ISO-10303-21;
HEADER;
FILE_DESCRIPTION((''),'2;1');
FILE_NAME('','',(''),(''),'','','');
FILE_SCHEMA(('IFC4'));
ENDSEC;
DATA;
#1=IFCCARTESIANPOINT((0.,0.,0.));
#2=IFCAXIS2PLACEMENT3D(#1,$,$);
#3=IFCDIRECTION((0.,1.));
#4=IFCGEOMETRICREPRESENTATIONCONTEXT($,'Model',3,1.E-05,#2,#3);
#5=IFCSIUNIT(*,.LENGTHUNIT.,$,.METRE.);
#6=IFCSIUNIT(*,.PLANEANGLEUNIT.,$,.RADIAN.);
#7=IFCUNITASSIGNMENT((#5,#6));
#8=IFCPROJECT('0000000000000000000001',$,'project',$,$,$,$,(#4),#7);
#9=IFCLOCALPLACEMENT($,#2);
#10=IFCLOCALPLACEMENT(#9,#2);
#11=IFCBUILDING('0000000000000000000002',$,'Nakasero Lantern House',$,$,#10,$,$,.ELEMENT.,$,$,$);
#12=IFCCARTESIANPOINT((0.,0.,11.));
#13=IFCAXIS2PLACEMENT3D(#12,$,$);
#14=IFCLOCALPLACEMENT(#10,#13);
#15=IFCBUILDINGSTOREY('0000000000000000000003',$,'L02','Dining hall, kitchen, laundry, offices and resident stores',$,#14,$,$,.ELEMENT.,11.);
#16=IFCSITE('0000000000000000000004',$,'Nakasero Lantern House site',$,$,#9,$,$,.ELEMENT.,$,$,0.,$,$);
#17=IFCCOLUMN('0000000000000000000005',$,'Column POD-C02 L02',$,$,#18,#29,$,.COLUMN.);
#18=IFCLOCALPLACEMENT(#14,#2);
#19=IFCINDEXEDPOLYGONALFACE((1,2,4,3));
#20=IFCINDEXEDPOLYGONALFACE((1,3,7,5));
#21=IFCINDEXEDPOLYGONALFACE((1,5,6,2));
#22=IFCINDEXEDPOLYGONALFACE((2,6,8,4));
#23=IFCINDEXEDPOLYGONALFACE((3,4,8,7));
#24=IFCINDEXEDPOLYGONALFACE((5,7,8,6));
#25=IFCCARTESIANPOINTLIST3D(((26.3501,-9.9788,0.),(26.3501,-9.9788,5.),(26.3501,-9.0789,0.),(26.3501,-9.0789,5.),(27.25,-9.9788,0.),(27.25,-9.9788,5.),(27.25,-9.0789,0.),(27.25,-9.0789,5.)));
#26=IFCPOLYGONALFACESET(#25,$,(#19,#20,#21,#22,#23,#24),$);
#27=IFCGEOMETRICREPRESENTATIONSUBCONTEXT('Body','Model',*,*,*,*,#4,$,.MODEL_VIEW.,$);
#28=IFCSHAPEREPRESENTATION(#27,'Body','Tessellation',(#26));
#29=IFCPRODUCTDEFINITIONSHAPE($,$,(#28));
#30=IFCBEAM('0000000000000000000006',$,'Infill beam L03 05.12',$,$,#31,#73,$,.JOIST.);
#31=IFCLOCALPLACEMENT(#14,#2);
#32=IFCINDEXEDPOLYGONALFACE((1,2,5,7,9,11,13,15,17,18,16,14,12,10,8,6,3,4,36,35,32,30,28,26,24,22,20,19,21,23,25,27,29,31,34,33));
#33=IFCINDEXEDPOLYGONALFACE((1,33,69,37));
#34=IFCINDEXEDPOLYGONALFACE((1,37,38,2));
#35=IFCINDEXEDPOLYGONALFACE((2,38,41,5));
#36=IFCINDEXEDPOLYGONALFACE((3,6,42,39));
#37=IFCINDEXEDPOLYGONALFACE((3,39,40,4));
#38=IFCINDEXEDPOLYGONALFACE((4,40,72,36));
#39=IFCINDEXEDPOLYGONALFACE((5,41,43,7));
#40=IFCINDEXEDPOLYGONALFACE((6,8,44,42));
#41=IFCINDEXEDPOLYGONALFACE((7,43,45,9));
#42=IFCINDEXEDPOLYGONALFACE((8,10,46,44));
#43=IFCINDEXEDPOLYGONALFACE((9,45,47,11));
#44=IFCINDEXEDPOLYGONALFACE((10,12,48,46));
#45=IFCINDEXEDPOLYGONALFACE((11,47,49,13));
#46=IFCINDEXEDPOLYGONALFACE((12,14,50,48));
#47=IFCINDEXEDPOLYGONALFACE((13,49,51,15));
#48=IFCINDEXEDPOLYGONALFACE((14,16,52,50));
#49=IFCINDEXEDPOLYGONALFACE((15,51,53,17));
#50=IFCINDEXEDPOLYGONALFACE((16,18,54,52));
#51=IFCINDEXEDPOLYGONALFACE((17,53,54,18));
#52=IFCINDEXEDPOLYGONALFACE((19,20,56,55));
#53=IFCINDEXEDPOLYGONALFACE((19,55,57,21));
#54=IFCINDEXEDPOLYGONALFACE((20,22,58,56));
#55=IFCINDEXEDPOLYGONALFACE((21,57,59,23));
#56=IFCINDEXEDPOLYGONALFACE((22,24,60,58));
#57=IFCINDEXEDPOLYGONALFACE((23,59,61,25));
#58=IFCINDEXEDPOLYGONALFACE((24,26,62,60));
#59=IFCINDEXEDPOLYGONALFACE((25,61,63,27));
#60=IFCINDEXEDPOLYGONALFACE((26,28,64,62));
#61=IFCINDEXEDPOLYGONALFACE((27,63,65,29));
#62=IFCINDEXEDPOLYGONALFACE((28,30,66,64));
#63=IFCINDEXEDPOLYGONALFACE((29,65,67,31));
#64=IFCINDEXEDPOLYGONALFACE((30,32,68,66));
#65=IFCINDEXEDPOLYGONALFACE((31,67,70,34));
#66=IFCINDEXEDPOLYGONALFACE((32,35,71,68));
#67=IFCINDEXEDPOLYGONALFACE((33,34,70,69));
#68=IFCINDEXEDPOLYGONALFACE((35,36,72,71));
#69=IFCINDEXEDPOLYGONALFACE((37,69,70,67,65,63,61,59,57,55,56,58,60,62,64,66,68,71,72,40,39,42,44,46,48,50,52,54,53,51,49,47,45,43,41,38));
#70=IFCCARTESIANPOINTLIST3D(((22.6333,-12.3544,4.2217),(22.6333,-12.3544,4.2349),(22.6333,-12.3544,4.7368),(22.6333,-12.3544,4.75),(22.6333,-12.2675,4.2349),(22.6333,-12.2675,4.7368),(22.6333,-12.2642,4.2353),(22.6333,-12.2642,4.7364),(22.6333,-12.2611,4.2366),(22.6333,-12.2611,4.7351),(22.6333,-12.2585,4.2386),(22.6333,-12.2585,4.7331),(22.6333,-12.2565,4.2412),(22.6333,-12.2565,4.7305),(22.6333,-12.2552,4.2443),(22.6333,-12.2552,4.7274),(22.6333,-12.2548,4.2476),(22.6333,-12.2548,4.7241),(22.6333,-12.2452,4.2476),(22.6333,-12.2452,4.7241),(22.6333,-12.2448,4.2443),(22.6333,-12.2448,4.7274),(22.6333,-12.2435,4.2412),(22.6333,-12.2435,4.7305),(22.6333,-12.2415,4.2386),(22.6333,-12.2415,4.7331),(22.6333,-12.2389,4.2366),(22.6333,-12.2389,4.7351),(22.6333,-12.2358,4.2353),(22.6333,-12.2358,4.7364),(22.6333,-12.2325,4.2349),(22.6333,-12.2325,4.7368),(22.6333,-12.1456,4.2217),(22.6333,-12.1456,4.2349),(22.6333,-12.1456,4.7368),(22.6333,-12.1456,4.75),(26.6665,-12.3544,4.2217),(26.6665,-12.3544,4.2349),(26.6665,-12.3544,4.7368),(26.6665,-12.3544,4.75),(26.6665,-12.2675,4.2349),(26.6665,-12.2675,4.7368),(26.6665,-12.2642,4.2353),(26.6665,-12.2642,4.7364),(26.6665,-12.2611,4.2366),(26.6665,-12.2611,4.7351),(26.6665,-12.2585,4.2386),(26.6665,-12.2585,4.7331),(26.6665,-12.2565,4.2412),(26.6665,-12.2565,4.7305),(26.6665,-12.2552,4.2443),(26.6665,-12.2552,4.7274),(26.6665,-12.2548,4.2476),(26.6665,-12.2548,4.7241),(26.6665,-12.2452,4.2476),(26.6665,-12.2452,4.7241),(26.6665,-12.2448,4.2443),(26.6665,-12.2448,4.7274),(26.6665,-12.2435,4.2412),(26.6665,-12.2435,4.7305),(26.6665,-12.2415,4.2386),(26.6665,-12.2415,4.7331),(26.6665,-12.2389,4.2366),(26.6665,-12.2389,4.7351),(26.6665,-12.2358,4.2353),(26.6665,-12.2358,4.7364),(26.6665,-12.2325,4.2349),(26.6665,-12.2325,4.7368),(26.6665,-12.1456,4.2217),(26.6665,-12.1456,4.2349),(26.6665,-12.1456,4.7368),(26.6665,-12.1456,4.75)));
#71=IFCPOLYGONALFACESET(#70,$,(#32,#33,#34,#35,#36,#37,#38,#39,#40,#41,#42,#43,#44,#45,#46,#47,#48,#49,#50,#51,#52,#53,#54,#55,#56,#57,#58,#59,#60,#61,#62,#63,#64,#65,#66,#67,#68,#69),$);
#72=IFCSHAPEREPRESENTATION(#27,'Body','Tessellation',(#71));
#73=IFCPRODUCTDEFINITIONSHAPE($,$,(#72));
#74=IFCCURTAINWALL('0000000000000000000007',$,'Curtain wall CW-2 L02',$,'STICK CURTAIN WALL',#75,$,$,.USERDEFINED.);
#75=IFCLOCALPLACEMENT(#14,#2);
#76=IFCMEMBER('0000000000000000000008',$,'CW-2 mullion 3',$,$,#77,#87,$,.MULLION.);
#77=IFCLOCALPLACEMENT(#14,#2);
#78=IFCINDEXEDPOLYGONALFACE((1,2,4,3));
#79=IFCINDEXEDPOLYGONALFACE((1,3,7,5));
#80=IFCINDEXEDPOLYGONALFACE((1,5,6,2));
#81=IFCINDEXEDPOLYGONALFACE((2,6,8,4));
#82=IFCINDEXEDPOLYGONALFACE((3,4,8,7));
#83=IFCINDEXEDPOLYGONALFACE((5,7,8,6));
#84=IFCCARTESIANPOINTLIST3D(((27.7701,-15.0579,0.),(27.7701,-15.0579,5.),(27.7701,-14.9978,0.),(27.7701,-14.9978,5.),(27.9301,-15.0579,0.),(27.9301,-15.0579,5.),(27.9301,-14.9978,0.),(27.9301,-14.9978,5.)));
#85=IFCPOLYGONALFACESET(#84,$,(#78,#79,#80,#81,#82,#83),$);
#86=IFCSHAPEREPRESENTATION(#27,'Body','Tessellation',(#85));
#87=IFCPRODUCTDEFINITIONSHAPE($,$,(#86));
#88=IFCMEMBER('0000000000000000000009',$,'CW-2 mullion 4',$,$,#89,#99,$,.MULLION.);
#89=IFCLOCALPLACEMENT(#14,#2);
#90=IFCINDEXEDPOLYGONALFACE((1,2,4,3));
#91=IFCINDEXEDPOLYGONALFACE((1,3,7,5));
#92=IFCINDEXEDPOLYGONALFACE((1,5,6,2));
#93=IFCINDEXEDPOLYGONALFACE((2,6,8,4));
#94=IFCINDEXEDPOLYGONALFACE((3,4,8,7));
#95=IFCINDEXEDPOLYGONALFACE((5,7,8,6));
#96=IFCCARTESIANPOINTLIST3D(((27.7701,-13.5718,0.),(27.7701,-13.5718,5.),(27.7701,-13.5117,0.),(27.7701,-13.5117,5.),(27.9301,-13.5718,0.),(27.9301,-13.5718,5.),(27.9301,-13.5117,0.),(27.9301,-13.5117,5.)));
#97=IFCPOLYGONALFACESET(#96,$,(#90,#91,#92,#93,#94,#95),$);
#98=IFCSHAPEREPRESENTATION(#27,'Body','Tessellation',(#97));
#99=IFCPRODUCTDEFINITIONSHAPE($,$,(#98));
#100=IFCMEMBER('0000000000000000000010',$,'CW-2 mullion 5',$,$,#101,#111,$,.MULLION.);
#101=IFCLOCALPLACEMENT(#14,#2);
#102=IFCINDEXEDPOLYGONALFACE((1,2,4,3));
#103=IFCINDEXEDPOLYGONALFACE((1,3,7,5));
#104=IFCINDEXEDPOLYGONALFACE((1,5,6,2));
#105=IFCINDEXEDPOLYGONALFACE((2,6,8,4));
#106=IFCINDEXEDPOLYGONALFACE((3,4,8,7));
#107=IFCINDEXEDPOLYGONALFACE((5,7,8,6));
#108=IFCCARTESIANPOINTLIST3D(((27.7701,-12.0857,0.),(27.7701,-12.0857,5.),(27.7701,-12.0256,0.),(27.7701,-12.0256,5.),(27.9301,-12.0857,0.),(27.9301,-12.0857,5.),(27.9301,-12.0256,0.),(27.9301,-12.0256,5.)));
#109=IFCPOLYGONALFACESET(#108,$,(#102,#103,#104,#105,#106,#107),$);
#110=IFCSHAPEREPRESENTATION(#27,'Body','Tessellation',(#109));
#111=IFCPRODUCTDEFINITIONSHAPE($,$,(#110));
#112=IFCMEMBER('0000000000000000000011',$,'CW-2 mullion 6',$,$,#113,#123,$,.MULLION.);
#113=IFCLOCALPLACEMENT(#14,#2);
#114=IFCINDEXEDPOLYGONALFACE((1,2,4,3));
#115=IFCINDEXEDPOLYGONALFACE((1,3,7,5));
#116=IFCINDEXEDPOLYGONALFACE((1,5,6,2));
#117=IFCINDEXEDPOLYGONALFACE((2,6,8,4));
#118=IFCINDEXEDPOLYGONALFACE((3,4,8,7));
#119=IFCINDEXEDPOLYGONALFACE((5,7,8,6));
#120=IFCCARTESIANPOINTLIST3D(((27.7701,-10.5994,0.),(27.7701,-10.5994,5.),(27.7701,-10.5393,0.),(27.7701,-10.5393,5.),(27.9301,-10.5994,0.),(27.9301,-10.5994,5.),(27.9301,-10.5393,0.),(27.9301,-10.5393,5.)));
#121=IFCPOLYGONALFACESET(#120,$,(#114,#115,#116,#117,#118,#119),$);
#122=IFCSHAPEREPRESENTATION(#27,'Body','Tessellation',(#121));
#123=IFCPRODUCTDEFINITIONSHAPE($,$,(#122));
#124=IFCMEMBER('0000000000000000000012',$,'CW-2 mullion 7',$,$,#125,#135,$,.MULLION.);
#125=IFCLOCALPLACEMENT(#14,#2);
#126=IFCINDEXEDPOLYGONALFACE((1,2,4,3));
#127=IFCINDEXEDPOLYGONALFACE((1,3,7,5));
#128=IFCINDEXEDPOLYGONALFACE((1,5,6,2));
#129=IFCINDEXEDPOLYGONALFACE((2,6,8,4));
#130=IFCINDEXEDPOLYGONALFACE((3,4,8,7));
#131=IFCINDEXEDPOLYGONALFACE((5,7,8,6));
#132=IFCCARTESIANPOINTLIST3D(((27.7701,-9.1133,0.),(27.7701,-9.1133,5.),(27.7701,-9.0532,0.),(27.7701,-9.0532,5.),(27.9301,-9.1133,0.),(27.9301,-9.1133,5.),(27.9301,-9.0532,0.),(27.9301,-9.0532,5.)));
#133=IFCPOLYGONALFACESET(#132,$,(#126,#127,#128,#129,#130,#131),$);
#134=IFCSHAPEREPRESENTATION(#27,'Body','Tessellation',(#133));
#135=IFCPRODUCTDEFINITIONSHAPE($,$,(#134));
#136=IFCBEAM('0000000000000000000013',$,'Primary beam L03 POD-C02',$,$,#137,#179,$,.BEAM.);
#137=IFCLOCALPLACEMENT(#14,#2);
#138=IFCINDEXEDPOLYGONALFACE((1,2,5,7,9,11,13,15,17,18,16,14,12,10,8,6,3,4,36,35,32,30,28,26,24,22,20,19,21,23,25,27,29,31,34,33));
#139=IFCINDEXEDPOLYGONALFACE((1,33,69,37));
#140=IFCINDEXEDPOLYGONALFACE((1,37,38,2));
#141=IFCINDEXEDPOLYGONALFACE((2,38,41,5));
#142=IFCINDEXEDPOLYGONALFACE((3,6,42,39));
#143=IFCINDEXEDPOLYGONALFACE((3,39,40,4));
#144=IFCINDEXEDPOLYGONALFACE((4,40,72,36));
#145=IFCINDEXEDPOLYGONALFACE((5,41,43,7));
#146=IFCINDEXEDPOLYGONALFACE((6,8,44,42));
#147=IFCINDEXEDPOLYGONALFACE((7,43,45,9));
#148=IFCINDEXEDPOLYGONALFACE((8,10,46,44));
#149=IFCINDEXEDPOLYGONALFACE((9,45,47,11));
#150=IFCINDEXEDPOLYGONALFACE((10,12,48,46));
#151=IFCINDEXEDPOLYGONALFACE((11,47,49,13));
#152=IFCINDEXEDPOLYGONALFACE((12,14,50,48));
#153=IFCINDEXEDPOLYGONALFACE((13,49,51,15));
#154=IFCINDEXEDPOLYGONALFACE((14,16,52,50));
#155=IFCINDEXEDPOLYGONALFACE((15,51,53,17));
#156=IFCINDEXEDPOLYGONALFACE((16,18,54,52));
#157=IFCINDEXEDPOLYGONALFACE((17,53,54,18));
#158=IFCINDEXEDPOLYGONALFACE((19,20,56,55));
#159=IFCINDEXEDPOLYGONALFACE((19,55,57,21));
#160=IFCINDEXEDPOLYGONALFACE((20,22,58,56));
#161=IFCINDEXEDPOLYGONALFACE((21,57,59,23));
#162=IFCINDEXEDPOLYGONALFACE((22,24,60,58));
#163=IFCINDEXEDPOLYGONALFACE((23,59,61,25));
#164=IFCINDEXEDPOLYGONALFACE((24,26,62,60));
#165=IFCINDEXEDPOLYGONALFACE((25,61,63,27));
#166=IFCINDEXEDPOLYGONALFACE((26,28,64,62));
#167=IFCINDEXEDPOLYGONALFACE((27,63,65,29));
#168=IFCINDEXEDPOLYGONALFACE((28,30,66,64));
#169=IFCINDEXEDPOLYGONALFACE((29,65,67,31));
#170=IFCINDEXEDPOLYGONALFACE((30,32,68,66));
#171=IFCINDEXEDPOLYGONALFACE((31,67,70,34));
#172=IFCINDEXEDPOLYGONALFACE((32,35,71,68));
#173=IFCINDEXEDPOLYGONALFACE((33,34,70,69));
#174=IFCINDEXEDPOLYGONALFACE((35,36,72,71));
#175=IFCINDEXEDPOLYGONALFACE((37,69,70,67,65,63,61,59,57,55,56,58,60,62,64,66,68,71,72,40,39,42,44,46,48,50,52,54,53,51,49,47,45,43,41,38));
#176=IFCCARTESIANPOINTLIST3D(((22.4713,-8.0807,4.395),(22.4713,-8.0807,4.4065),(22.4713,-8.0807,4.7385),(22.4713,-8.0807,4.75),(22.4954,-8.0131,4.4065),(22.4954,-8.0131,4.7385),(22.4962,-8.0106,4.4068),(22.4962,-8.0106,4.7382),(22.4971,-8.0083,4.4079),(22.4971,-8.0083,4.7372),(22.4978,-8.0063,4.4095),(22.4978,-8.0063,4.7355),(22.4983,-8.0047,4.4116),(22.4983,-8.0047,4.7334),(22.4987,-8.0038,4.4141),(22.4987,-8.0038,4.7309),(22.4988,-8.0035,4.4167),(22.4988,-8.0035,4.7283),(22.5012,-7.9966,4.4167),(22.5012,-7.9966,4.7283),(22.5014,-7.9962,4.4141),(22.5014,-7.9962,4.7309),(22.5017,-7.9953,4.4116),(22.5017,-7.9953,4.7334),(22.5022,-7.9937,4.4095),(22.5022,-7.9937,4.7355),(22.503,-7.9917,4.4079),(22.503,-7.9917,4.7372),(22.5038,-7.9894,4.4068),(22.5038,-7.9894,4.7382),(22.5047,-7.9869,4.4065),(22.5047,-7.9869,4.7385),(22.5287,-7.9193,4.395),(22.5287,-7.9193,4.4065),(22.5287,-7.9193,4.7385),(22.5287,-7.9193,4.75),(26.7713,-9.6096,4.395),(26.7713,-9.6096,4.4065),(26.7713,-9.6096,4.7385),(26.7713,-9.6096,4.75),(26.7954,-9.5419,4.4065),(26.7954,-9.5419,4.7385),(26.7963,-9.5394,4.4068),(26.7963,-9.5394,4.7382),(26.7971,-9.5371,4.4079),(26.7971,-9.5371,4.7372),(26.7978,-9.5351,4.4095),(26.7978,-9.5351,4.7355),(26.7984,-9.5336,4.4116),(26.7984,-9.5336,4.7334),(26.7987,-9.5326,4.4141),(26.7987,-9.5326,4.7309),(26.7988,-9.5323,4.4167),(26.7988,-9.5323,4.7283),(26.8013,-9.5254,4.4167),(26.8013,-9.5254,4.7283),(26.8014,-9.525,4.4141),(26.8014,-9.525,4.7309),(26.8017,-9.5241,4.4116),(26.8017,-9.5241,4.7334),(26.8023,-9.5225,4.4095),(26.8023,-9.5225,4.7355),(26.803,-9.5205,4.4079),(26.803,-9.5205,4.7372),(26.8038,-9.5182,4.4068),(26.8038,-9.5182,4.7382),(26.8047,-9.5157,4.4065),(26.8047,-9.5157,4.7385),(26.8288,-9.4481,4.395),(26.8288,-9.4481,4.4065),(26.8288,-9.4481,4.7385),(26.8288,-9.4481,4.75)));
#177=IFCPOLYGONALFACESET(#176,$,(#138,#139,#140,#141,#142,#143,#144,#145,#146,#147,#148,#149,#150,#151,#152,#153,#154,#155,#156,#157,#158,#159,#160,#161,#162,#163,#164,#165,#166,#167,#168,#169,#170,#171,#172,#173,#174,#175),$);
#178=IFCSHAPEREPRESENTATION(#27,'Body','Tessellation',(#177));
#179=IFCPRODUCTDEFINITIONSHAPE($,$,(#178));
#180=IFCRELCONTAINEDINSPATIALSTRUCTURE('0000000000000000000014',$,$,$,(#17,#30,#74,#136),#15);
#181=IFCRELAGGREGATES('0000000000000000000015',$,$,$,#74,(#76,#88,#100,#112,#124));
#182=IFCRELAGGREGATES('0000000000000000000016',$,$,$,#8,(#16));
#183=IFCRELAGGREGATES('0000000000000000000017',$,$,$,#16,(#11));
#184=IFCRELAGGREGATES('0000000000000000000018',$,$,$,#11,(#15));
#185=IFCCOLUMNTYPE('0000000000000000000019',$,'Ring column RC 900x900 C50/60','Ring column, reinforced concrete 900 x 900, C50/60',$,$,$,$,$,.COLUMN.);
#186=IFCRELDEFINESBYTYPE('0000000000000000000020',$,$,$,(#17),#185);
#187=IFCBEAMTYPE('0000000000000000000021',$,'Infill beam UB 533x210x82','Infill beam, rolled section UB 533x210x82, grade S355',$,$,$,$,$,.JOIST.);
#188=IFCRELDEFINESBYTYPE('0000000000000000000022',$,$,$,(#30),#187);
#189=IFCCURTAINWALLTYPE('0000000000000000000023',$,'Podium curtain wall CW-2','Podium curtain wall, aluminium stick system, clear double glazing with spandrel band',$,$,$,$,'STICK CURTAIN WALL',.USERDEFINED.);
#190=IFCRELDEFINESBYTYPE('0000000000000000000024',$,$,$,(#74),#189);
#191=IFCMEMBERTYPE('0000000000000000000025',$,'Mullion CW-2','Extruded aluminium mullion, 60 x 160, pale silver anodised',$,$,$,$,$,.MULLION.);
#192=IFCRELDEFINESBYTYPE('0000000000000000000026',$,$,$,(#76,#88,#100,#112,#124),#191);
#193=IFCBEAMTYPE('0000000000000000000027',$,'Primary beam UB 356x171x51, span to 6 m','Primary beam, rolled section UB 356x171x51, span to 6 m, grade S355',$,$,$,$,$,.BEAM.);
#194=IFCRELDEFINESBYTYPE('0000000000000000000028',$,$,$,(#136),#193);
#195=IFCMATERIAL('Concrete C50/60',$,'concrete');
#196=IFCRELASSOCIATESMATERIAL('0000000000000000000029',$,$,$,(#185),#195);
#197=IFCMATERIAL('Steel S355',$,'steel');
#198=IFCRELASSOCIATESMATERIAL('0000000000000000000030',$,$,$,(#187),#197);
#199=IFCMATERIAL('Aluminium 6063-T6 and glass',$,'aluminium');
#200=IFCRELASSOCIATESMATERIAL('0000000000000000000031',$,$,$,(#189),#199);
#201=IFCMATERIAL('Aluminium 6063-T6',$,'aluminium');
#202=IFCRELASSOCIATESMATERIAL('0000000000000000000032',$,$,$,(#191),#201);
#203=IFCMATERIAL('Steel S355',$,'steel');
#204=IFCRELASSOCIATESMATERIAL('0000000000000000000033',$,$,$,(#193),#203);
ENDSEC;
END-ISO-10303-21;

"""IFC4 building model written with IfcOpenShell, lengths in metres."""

from ifc_helpers import new_model, si_unit, direction, frame, origin, origin_2d, place, context, subcontext, project, spatial, rectangle, i_section, extrude, material, material_profile, profile_set, type_object, element, aggregate, save


model = new_model("IFC4")

# Units and contexts
model_context = context("Model", 3, precision=1e-05, world=origin(), true_north=direction((0.0, 1.0)))
body_context = subcontext(model_context, "Body", "Model", "MODEL_VIEW")
ifc_project = project(units=[si_unit("LENGTHUNIT", "METRE"), si_unit("PLANEANGLEUNIT", "RADIAN")], contexts=[model_context])

# Site, building, storey
site_placement = place(None, origin())
site = spatial("IfcSite", under=ifc_project, at=site_placement, Name="Nakasero Lantern House site", CompositionType="ELEMENT", RefElevation=0.0)
building_placement = place(site_placement, origin())
building = spatial("IfcBuilding", under=site, at=building_placement, Name="Nakasero Lantern House", CompositionType="ELEMENT")
storey_placement = place(building_placement, frame((0.0, 0.0, 11.0)))
storey = spatial("IfcBuildingStorey", under=building, at=storey_placement, Name="L02", Description="Dining hall, kitchen, laundry, offices and resident stores", CompositionType="ELEMENT", Elevation=11.0)

# Column
ifc_material_1 = material(Name="Concrete C50/60", Category="concrete")
ifc_material_profile_1 = material_profile(ifc_material_1, rectangle(XDim=0.8999, YDim=0.8999, at=origin_2d()), Name="RC 900x900")
ifc_profile_set_1 = profile_set([ifc_material_profile_1], Name="Concrete C50/60")
column_type = type_object("IfcColumnType", Name="Ring column RC 900x900 C50/60", Description="Ring column, reinforced concrete 900 x 900, C50/60", PredefinedType="COLUMN", material=ifc_profile_set_1)
column_placement = place(storey_placement, frame((26.8, -9.5288, 0.0), z_axis=(0.0, 0.0, 1.0), x_axis=(1.0, 0.0, 0.0)))
element("IfcColumn", 1, at=column_placement, inside=storey, type_object=column_type, Name="Column POD-C02 L02", PredefinedType="COLUMN", context=body_context, shape_type="SweptSolid", body=[
    extrude(rectangle(XDim=0.8999, YDim=0.8999, at=origin_2d()), origin(), (0.0, 0.0, 1.0), 5.0),
])

# Beam
ifc_material_2 = material(Name="Steel S355", Category="steel")
ifc_material_profile_2 = material_profile(ifc_material_2, i_section(OverallWidth=0.2087, OverallDepth=0.5283, WebThickness=0.0095, FlangeThickness=0.0132, FilletRadius=0.0127, at=origin_2d()), Name="UB 533x210x82")
ifc_profile_set_2 = profile_set([ifc_material_profile_2], Name="Steel S355")
beam_type_1 = type_object("IfcBeamType", Name="Infill beam UB 533x210x82", Description="Infill beam, rolled section UB 533x210x82, grade S355", PredefinedType="JOIST", material=ifc_profile_set_2)
beam_1_placement = place(storey_placement, frame((22.6333, -12.25, 4.4858), z_axis=(1.0, 0.0, 0.0), x_axis=(0.0, 1.0, 0.0)))
element("IfcBeam", 2, at=beam_1_placement, inside=storey, type_object=beam_type_1, Name="Infill beam L03 05.12", PredefinedType="JOIST", context=body_context, shape_type="SweptSolid", body=[
    extrude(i_section(OverallWidth=0.2087, OverallDepth=0.5283, WebThickness=0.0095, FlangeThickness=0.0132, FilletRadius=0.0127, at=origin_2d()), origin(), (0.0, 0.0, 1.0), 4.0332),
])

# Curtain wall, members
ifc_material_3 = material(Name="Aluminium 6063-T6 and glass", Category="aluminium")
curtain_wall_type = type_object("IfcCurtainWallType", Name="Podium curtain wall CW-2", Description="Podium curtain wall, aluminium stick system, clear double glazing with spandrel band", ElementType="STICK CURTAIN WALL", PredefinedType="USERDEFINED", material=ifc_material_3)
curtain_wall_placement = place(storey_placement, origin())
curtain_wall = element("IfcCurtainWall", 3, at=curtain_wall_placement, inside=storey, type_object=curtain_wall_type, Name="Curtain wall CW-2 L02", ObjectType="STICK CURTAIN WALL", PredefinedType="USERDEFINED")
ifc_material_4 = material(Name="Aluminium 6063-T6", Category="aluminium")
ifc_material_profile_3 = material_profile(ifc_material_4, rectangle(XDim=0.0601, YDim=0.1599, at=origin_2d()), Name="CW-2 mullion 60x160")
ifc_profile_set_3 = profile_set([ifc_material_profile_3], Name="Aluminium 6063-T6")
member_type_1 = type_object("IfcMemberType", Name="Mullion CW-2", Description="Extruded aluminium mullion, 60 x 160, pale silver anodised", PredefinedType="MULLION", material=ifc_profile_set_3)
member_1_placement = place(storey_placement, frame((27.8501, -15.0278, 0.0), z_axis=(0.0, 0.0, 1.0), x_axis=(0.0, 1.0, 0.0)))
member_1 = element("IfcMember", 4, at=member_1_placement, type_object=member_type_1, Name="CW-2 mullion 3", PredefinedType="MULLION", context=body_context, shape_type="SweptSolid", body=[
    extrude(rectangle(XDim=0.0601, YDim=0.1599, at=origin_2d()), origin(), (0.0, 0.0, 1.0), 5.0),
])
member_2_placement = place(storey_placement, frame((27.8501, -13.5417, 0.0), z_axis=(0.0, 0.0, 1.0), x_axis=(0.0, 1.0, 0.0)))
member_2 = element("IfcMember", 5, at=member_2_placement, type_object=member_type_1, Name="CW-2 mullion 4", PredefinedType="MULLION", context=body_context, shape_type="SweptSolid", body=[
    extrude(rectangle(XDim=0.0601, YDim=0.1599, at=origin_2d()), origin(), (0.0, 0.0, 1.0), 5.0),
])
member_3_placement = place(storey_placement, frame((27.8501, -12.0557, 0.0), z_axis=(0.0, 0.0, 1.0), x_axis=(0.0, 1.0, 0.0)))
member_3 = element("IfcMember", 6, at=member_3_placement, type_object=member_type_1, Name="CW-2 mullion 5", PredefinedType="MULLION", context=body_context, shape_type="SweptSolid", body=[
    extrude(rectangle(XDim=0.0601, YDim=0.1599, at=origin_2d()), origin(), (0.0, 0.0, 1.0), 5.0),
])
member_4_placement = place(storey_placement, frame((27.8501, -10.5693, 0.0), z_axis=(0.0, 0.0, 1.0), x_axis=(0.0, 1.0, 0.0)))
member_4 = element("IfcMember", 7, at=member_4_placement, type_object=member_type_1, Name="CW-2 mullion 6", PredefinedType="MULLION", context=body_context, shape_type="SweptSolid", body=[
    extrude(rectangle(XDim=0.0601, YDim=0.1599, at=origin_2d()), origin(), (0.0, 0.0, 1.0), 5.0),
])
member_5_placement = place(storey_placement, frame((27.8501, -9.0833, 0.0), z_axis=(0.0, 0.0, 1.0), x_axis=(0.0, 1.0, 0.0)))
member_5 = element("IfcMember", 8, at=member_5_placement, type_object=member_type_1, Name="CW-2 mullion 7", PredefinedType="MULLION", context=body_context, shape_type="SweptSolid", body=[
    extrude(rectangle(XDim=0.0601, YDim=0.1599, at=origin_2d()), origin(), (0.0, 0.0, 1.0), 5.0),
])

# Beam
ifc_material_5 = material(Name="Steel S355", Category="steel")
ifc_material_profile_4 = material_profile(ifc_material_5, i_section(OverallWidth=0.1714, OverallDepth=0.355, WebThickness=0.0073, FlangeThickness=0.0115, FilletRadius=0.0103, at=origin_2d()), Name="UB 356x171x51")
ifc_profile_set_4 = profile_set([ifc_material_profile_4], Name="Steel S355")
beam_type_2 = type_object("IfcBeamType", Name="Primary beam UB 356x171x51, span to 6 m", Description="Primary beam, rolled section UB 356x171x51, span to 6 m, grade S355", PredefinedType="BEAM", material=ifc_profile_set_4)
beam_2_placement = place(storey_placement, frame((26.8, -9.5288, 4.5725), z_axis=(-0.942221, 0.334991, 0.0), x_axis=(-0.334991, -0.942221, 0.0)))
element("IfcBeam", 9, at=beam_2_placement, inside=storey, type_object=beam_type_2, Name="Primary beam L03 POD-C02", PredefinedType="BEAM", context=body_context, shape_type="SweptSolid", body=[
    extrude(i_section(OverallWidth=0.1714, OverallDepth=0.355, WebThickness=0.0073, FlangeThickness=0.0115, FilletRadius=0.0103, at=origin_2d()), origin(), (0.0, 0.0, 1.0), 4.5637),
])

aggregate(curtain_wall, [member_1, member_2, member_3, member_4, member_5])

save(model, "model.ifc")
